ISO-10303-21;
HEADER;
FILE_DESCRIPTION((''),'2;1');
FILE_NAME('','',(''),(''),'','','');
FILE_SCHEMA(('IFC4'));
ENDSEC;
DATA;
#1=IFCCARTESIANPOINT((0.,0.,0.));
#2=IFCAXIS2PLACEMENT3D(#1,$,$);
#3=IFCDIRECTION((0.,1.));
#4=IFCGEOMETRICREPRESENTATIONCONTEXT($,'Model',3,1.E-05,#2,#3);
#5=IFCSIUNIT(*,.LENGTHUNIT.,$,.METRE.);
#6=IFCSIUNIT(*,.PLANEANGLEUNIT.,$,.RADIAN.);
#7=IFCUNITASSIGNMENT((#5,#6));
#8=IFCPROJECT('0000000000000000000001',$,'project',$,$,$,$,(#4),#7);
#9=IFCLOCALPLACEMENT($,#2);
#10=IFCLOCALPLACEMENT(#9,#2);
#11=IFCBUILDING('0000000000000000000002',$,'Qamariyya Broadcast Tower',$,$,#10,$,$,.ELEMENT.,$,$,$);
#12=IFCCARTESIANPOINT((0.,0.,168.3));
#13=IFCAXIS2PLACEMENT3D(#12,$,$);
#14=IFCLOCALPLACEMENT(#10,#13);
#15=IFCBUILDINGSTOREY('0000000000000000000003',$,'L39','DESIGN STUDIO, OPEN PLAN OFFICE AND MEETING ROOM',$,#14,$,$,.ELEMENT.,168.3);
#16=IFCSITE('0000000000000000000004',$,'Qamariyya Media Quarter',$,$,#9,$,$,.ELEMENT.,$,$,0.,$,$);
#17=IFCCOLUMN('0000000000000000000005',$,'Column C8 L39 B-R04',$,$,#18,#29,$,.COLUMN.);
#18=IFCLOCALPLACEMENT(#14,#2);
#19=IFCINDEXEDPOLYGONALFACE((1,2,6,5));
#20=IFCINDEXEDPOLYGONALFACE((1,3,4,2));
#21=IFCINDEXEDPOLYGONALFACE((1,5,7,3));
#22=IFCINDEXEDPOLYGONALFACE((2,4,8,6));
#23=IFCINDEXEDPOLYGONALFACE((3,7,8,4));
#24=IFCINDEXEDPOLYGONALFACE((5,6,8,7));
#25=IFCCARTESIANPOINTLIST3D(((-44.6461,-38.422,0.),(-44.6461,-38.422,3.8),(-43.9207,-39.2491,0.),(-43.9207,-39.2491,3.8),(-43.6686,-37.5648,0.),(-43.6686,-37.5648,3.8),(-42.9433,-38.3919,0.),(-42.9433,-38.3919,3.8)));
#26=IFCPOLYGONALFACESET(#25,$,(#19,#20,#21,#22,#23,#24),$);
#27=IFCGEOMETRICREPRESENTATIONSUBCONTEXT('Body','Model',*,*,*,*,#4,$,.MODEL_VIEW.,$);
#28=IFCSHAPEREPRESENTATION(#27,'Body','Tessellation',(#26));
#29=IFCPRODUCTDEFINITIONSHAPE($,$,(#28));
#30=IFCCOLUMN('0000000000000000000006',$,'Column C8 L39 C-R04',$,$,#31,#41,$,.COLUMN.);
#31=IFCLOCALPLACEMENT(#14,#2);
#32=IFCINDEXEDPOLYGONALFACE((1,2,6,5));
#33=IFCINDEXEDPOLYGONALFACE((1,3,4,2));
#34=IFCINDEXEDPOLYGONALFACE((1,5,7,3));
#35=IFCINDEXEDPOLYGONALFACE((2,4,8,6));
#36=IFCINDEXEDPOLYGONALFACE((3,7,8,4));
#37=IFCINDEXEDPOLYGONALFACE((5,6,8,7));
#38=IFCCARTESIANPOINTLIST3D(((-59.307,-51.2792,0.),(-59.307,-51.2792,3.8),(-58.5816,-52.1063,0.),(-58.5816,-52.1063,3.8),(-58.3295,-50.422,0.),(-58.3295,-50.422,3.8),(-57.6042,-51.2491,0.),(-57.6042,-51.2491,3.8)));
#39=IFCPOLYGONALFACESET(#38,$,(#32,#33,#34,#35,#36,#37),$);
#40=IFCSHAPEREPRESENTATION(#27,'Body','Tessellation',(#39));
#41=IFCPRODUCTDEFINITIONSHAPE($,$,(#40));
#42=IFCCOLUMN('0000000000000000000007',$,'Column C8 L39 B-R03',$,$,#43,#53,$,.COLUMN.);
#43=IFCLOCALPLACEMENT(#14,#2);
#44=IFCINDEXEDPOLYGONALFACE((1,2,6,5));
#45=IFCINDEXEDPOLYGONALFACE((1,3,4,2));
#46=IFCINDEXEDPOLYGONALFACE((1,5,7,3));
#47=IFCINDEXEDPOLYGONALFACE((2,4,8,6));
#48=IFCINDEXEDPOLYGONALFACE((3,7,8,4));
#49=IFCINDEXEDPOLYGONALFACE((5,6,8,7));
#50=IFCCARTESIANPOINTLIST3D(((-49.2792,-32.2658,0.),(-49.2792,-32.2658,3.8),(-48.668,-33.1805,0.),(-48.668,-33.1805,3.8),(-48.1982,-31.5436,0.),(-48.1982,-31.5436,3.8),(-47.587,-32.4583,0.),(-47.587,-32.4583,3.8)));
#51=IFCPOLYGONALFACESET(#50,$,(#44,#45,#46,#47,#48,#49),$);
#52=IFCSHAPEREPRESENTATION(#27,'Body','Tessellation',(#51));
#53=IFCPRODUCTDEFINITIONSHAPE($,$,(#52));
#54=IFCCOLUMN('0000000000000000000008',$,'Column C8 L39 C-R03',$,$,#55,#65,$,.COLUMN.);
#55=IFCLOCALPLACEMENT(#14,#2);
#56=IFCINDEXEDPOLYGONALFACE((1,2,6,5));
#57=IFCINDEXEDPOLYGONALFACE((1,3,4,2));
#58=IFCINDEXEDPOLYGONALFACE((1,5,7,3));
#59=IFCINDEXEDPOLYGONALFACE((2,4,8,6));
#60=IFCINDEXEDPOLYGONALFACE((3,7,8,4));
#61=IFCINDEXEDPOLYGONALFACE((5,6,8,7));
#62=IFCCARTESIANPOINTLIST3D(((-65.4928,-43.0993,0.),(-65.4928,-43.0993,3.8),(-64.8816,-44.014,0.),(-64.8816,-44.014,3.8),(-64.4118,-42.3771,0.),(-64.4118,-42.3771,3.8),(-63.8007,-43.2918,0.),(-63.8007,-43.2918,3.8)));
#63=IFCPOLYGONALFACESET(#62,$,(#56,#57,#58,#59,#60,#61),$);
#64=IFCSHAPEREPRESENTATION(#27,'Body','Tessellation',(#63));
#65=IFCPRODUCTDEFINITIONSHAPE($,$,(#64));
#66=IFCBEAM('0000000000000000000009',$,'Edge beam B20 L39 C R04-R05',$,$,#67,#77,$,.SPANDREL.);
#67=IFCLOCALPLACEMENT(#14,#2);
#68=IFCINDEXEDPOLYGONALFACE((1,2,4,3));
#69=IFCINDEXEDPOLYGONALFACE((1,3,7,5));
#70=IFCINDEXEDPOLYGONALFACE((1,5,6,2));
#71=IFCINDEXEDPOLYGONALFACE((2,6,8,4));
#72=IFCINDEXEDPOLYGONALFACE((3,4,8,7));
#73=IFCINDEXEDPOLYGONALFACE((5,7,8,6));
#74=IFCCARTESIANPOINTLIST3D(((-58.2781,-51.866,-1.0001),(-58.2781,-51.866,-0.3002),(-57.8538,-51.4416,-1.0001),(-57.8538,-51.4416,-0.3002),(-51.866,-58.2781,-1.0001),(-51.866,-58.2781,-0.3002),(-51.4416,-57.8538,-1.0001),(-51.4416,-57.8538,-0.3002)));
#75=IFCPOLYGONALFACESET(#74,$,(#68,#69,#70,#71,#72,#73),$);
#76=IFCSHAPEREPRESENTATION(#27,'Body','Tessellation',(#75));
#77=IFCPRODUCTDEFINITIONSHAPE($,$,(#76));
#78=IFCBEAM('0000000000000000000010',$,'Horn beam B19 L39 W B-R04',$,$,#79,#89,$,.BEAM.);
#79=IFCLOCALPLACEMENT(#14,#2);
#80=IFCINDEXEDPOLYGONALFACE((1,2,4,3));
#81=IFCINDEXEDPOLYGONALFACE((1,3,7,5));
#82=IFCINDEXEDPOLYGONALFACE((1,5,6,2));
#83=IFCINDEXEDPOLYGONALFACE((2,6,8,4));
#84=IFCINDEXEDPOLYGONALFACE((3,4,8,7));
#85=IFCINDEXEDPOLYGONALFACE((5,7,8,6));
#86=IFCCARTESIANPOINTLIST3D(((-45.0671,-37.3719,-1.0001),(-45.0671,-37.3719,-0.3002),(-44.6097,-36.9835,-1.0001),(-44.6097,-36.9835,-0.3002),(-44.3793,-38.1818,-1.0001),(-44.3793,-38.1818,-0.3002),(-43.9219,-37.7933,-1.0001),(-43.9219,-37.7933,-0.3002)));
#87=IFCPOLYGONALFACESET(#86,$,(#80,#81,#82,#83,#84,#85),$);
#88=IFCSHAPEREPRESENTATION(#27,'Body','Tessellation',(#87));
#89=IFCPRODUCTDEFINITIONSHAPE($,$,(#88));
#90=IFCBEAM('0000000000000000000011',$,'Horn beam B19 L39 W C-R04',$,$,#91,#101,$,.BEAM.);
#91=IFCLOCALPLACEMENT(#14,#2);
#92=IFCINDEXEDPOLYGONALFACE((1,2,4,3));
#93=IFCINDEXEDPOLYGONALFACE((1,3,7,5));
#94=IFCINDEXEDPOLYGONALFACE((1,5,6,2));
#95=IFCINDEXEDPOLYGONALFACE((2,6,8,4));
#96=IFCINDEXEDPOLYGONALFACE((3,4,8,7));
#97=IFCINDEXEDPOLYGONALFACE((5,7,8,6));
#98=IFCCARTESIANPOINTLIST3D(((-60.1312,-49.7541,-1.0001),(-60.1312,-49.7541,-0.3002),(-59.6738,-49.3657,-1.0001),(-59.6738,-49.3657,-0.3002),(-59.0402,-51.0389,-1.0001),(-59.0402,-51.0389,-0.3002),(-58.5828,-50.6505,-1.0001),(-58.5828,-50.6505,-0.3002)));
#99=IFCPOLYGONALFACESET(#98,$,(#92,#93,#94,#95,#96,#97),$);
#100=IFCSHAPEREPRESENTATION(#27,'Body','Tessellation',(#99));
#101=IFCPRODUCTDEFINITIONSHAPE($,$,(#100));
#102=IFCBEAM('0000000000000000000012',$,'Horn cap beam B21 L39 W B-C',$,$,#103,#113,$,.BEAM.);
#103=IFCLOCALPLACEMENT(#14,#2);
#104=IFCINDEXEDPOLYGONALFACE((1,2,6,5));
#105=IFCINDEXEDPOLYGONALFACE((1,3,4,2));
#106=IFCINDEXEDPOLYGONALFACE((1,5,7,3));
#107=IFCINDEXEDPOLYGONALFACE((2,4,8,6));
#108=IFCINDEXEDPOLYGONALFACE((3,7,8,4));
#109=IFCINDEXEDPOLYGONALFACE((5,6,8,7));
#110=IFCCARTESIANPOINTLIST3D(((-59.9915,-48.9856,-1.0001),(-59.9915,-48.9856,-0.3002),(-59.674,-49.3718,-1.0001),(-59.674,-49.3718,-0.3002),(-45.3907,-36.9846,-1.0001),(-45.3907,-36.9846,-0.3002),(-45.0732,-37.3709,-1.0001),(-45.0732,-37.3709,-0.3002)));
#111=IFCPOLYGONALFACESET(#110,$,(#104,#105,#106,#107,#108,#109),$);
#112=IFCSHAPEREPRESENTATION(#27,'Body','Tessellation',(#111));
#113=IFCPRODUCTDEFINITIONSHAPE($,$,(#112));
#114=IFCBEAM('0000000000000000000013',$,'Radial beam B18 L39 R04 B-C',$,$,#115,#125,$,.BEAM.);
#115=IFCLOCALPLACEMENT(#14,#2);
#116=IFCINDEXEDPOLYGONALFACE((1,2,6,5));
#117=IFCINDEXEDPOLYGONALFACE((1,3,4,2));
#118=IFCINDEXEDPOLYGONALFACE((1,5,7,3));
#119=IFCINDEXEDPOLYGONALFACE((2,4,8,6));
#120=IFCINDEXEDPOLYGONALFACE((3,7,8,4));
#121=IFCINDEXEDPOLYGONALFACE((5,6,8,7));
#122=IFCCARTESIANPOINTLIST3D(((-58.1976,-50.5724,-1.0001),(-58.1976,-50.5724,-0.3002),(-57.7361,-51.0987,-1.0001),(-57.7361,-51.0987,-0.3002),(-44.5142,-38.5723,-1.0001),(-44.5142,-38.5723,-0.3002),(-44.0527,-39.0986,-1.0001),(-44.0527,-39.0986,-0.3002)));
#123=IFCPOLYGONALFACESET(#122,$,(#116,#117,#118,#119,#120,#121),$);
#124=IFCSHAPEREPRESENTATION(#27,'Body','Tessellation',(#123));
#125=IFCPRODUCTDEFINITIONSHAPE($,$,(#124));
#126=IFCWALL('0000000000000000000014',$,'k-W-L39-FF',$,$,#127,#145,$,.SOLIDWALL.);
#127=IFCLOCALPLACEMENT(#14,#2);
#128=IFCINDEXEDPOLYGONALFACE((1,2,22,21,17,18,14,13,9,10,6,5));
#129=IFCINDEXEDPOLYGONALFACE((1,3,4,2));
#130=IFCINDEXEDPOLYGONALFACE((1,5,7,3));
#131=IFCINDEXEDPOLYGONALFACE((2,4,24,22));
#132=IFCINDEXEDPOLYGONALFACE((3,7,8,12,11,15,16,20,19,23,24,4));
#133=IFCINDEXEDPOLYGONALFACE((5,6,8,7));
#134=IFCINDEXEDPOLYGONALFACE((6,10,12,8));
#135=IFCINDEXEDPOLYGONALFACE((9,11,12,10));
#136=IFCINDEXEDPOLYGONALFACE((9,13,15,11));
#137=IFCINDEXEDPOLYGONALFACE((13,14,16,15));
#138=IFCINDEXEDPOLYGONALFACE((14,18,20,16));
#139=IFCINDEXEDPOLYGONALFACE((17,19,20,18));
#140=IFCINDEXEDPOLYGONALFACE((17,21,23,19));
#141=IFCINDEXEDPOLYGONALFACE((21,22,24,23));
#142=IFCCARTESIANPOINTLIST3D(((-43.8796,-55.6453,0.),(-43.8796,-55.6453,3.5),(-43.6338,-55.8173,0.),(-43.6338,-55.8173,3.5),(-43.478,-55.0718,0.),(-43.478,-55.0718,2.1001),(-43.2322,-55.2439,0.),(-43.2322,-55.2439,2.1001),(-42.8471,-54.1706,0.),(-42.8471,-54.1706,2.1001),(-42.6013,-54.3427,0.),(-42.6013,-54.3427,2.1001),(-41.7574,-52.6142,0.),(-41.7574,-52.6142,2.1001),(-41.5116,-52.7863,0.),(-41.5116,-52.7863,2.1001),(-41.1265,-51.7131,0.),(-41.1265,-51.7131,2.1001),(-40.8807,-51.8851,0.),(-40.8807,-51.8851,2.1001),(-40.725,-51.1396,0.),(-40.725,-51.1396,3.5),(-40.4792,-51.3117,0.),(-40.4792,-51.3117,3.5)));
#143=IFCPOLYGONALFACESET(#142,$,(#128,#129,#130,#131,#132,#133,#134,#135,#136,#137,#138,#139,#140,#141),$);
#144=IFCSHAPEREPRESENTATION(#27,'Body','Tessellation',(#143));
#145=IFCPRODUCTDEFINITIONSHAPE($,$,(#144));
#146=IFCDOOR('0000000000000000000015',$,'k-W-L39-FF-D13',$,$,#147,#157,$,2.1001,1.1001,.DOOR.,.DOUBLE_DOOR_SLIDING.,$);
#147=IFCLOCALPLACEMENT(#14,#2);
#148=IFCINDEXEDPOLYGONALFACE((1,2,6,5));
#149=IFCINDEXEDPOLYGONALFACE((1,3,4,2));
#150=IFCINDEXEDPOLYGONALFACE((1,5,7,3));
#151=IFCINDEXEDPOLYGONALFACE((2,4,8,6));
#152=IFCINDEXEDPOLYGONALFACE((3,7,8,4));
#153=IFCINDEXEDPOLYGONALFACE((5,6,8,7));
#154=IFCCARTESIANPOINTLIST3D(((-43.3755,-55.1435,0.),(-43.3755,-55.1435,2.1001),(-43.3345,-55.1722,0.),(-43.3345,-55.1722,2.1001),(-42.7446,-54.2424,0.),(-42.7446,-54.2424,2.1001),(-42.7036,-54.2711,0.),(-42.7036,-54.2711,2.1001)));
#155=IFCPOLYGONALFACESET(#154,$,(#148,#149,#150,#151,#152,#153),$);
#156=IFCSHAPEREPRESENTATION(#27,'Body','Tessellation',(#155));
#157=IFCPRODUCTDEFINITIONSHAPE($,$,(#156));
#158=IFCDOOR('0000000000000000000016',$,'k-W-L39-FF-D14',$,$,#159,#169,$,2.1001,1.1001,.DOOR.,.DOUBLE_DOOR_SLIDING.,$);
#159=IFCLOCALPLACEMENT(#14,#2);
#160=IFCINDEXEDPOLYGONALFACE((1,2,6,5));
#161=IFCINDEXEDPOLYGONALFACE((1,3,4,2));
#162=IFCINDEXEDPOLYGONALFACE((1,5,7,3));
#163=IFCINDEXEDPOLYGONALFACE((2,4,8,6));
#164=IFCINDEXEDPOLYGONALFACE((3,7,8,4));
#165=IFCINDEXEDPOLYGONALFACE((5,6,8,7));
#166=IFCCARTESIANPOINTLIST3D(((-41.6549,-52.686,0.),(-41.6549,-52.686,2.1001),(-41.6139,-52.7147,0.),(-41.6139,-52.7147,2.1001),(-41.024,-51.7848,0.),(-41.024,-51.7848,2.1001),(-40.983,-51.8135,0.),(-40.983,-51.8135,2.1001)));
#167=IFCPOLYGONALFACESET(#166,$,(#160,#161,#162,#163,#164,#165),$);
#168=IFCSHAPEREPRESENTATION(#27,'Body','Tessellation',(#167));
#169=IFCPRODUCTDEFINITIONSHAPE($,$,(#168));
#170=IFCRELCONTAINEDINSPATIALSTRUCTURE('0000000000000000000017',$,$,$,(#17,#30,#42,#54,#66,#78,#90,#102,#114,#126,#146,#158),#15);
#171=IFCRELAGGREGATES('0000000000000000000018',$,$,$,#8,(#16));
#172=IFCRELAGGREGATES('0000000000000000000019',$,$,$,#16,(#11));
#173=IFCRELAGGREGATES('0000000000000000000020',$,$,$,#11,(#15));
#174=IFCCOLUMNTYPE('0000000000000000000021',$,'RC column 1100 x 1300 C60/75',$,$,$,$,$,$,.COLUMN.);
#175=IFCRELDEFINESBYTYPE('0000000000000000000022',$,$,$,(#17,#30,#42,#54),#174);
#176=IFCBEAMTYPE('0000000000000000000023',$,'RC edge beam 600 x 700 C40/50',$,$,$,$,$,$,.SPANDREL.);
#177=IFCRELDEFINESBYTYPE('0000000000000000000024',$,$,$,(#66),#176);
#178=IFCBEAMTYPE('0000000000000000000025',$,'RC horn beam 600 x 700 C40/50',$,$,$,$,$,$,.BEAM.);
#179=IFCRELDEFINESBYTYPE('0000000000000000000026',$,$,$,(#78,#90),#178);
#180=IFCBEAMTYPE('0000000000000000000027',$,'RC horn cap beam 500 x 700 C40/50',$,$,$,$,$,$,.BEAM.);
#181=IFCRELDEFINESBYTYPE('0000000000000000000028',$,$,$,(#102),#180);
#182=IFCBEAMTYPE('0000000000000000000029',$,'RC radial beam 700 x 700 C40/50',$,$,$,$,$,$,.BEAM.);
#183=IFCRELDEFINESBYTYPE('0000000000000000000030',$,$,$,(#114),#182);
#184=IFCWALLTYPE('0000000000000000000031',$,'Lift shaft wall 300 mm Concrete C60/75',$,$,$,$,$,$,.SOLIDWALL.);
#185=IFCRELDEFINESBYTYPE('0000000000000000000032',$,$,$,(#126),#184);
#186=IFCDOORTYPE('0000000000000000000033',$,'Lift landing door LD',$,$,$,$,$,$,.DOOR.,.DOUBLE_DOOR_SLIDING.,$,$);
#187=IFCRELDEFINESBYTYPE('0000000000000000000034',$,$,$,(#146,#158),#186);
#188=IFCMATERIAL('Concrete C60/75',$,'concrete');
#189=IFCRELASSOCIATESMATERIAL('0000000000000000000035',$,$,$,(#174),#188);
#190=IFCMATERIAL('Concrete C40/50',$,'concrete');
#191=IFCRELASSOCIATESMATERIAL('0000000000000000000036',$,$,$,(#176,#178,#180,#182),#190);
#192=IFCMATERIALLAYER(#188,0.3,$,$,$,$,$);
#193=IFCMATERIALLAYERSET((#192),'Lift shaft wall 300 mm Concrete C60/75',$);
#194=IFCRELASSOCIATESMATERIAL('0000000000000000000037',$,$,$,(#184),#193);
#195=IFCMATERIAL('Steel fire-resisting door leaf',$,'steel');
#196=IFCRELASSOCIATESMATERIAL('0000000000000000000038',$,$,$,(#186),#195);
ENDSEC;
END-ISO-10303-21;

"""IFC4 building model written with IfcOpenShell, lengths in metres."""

from ifc_helpers import new_model, si_unit, direction, frame, frame_2d, origin, origin_2d, place, context, subcontext, project, spatial, rectangle, extrude, material, layer, layer_set, material_profile, profile_set, type_object, element, fill, save


model = new_model("IFC4")

# Units and contexts
model_context = context("Model", 3, precision=1e-05, world=origin(), true_north=direction((0.0, 1.0)))
body_context = subcontext(model_context, "Body", "Model", "MODEL_VIEW")
ifc_project = project(units=[si_unit("LENGTHUNIT", "METRE"), si_unit("PLANEANGLEUNIT", "RADIAN")], contexts=[model_context])

# Site, building, storey
site_placement = place(None, origin())
site = spatial("IfcSite", under=ifc_project, at=site_placement, Name="Qamariyya Media Quarter", CompositionType="ELEMENT", RefElevation=0.0)
building_placement = place(site_placement, origin())
building = spatial("IfcBuilding", under=site, at=building_placement, Name="Qamariyya Broadcast Tower", CompositionType="ELEMENT")
storey_placement = place(building_placement, frame((0.0, 0.0, 168.3)))
storey = spatial("IfcBuildingStorey", under=building, at=storey_placement, Name="L39", Description="DESIGN STUDIO, OPEN PLAN OFFICE AND MEETING ROOM", CompositionType="ELEMENT", Elevation=168.3)

# Columns
ifc_material_1 = material(Name="Concrete C60/75", Category="concrete")
ifc_material_profile_1 = material_profile(ifc_material_1, rectangle(XDim=1.1001, YDim=1.3, at=origin_2d()))
ifc_profile_set_1 = profile_set([ifc_material_profile_1], Name="Concrete C60/75")
column_type = type_object("IfcColumnType", Name="RC column 1100 x 1300 C60/75", PredefinedType="COLUMN", material=ifc_profile_set_1)
for number, where, z_axis, x_axis, name in (
    (1, (-43.7947, -38.407, 0.0), (0.0, 0.0, 1.0), (0.659346, -0.75184, 0.0), "Column C8 L39 B-R04"),
    (2, (-58.4556, -51.2642, 0.0), (0.0, 0.0, 1.0), (0.659346, -0.75184, 0.0), "Column C8 L39 C-R04"),
    (3, (-48.4331, -32.3621, 0.0), (0.0, 0.0, 1.0), (0.55557, -0.83147, 0.0), "Column C8 L39 B-R03"),
    (4, (-64.6467, -43.1956, 0.0), (0.0, 0.0, 1.0), (0.55557, -0.83147, 0.0), "Column C8 L39 C-R03"),
):
    element("IfcColumn", number, at=place(storey_placement, frame(where, z_axis=z_axis, x_axis=x_axis)), inside=storey, type_object=column_type, Name=name, PredefinedType="COLUMN", context=body_context, shape_type="SweptSolid", body=[
        extrude(rectangle(XDim=1.1001, YDim=1.3, at=origin_2d()), origin(), (0.0, 0.0, 1.0), 3.8),
    ])

# Beams
ifc_material_2 = material(Name="Concrete C40/50", Category="concrete")
ifc_material_profile_2 = material_profile(ifc_material_2, rectangle(XDim=0.6001, YDim=0.7, at=origin_2d()))
ifc_profile_set_2 = profile_set([ifc_material_profile_2], Name="Concrete C40/50")
beam_type_1 = type_object("IfcBeamType", Name="RC edge beam 600 x 700 C40/50", PredefinedType="SPANDREL", material=ifc_profile_set_2)
beam_1_placement = place(storey_placement, frame((-58.0659, -51.6538, -0.6501), z_axis=(0.707107, -0.707107, 0.0), x_axis=(0.707107, 0.707107, 0.0)))
element("IfcBeam", 5, at=beam_1_placement, inside=storey, type_object=beam_type_1, Name="Edge beam B20 L39 C R04-R05", PredefinedType="SPANDREL", context=body_context, shape_type="SweptSolid", body=[
    extrude(rectangle(XDim=0.6001, YDim=0.7, at=origin_2d()), origin(), (0.0, 0.0, 1.0), 9.0681),
])
ifc_material_profile_3 = material_profile(ifc_material_2, rectangle(XDim=0.6001, YDim=0.7, at=origin_2d()))
ifc_profile_set_3 = profile_set([ifc_material_profile_3], Name="Concrete C40/50")
beam_type_2 = type_object("IfcBeamType", Name="RC horn beam 600 x 700 C40/50", PredefinedType="BEAM", material=ifc_profile_set_3)
beam_2_placement = place(storey_placement, frame((-44.1506, -37.9875, -0.6501), z_axis=(-0.647322, 0.762217, 0.0), x_axis=(-0.762217, -0.647322, 0.0)))
element("IfcBeam", 6, at=beam_2_placement, inside=storey, type_object=beam_type_2, Name="Horn beam B19 L39 W B-R04", PredefinedType="BEAM", context=body_context, shape_type="SweptSolid", body=[
    extrude(rectangle(XDim=0.6001, YDim=0.7, at=origin_2d()), origin(), (0.0, 0.0, 1.0), 1.0625),
])
beam_3_placement = place(storey_placement, frame((-58.8115, -50.8447, -0.6501), z_axis=(-0.647266, 0.762264, 0.0), x_axis=(-0.762264, -0.647266, 0.0)))
element("IfcBeam", 7, at=beam_3_placement, inside=storey, type_object=beam_type_2, Name="Horn beam B19 L39 W C-R04", PredefinedType="BEAM", context=body_context, shape_type="SweptSolid", body=[
    extrude(rectangle(XDim=0.6001, YDim=0.7, at=origin_2d()), origin(), (0.0, 0.0, 1.0), 1.6855),
])
ifc_material_profile_4 = material_profile(ifc_material_2, rectangle(XDim=0.5, YDim=0.7, at=origin_2d()))
ifc_profile_set_4 = profile_set([ifc_material_profile_4], Name="Concrete C40/50")
beam_type_3 = type_object("IfcBeamType", Name="RC horn cap beam 500 x 700 C40/50", PredefinedType="BEAM", material=ifc_profile_set_4)
beam_4_placement = place(storey_placement, frame((-45.2319, -37.1777, -0.6501), z_axis=(-0.772533, -0.634974, 0.0), x_axis=(0.634974, -0.772533, 0.0)))
element("IfcBeam", 8, at=beam_4_placement, inside=storey, type_object=beam_type_3, Name="Horn cap beam B21 L39 W B-C", PredefinedType="BEAM", context=body_context, shape_type="SweptSolid", body=[
    extrude(rectangle(XDim=0.5, YDim=0.7, at=origin_2d()), origin(), (0.0, 0.0, 1.0), 18.8999),
])
ifc_material_profile_5 = material_profile(ifc_material_2, rectangle(XDim=0.7, YDim=0.7, at=origin_2d()))
ifc_profile_set_5 = profile_set([ifc_material_profile_5], Name="Concrete C40/50")
beam_type_4 = type_object("IfcBeamType", Name="RC radial beam 700 x 700 C40/50", PredefinedType="BEAM", material=ifc_profile_set_5)
beam_5_placement = place(storey_placement, frame((-44.2834, -38.8354, -0.6501), z_axis=(-0.751839, -0.659347, 0.0), x_axis=(0.659347, -0.751839, 0.0)))
element("IfcBeam", 9, at=beam_5_placement, inside=storey, type_object=beam_type_4, Name="Radial beam B18 L39 R04 B-C", PredefinedType="BEAM", context=body_context, shape_type="SweptSolid", body=[
    extrude(rectangle(XDim=0.7, YDim=0.7, at=origin_2d()), origin(), (0.0, 0.0, 1.0), 18.2),
])

# Wall, openings, doors
ifc_layer_1 = layer(ifc_material_1, 0.3)
ifc_layer_set_1 = layer_set([ifc_layer_1], Name="Lift shaft wall 300 mm Concrete C60/75")
wall_type_1 = type_object("IfcWallType", Name="Lift shaft wall 300 mm Concrete C60/75", PredefinedType="SOLIDWALL", material=ifc_layer_set_1)
wall_1_placement = place(storey_placement, frame((-43.7566, -55.7312, 0.0), z_axis=(0.0, 0.0, 1.0), x_axis=(0.573537, 0.81918, 0.0)))
wall_1 = element("IfcWall", 10, at=wall_1_placement, inside=storey, type_object=wall_type_1, Name="k-W-L39-FF", PredefinedType="SOLIDWALL", context=body_context, shape_type="SweptSolid", body=[
    extrude(rectangle(XDim=5.5002, YDim=0.3, at=frame_2d((2.75, 0.0))), origin(), (0.0, 0.0, 1.0), 3.5),
])
opening_1_placement = place(wall_1_placement, frame((0.7, 0.0, 0.0)))
opening_1 = element("IfcOpeningElement", 11, at=opening_1_placement, cuts=wall_1, PredefinedType="OPENING", context=body_context, shape_type="SweptSolid", body=[
    extrude(rectangle(XDim=1.1001, YDim=2.1001, at=frame_2d((0.55, 1.05))), frame((0.0, 0.1599, 0.0), z_axis=(0.0, -1.0, 0.0), x_axis=(1.0, 0.0, 0.0)), (0.0, 0.0, 1.0), 0.3201),
])
opening_2_placement = place(wall_1_placement, frame((3.7, 0.0, 0.0)))
opening_2 = element("IfcOpeningElement", 12, at=opening_2_placement, cuts=wall_1, PredefinedType="OPENING", context=body_context, shape_type="SweptSolid", body=[
    extrude(rectangle(XDim=1.1001, YDim=2.1001, at=frame_2d((0.55, 1.05))), frame((0.0, 0.1599, 0.0), z_axis=(0.0, -1.0, 0.0), x_axis=(1.0, 0.0, 0.0)), (0.0, 0.0, 1.0), 0.3201),
])
ifc_material_3 = material(Name="Steel fire-resisting door leaf", Category="steel")
door_type = type_object("IfcDoorType", Name="Lift landing door LD", OperationType="DOUBLE_DOOR_SLIDING", PredefinedType="DOOR", material=ifc_material_3)
door_1_placement = place(opening_1_placement, origin())
door_1 = element("IfcDoor", 13, at=door_1_placement, inside=storey, type_object=door_type, Name="k-W-L39-FF-D13", OperationType="DOUBLE_DOOR_SLIDING", OverallHeight=2.1001, OverallWidth=1.1001, PredefinedType="DOOR", context=body_context, shape_type="SweptSolid", body=[
    extrude(rectangle(XDim=1.1001, YDim=2.1001, at=frame_2d((0.55, 1.05))), frame((0.0, 0.0249, 0.0), z_axis=(0.0, -1.0, 0.0), x_axis=(1.0, 0.0, 0.0)), (0.0, 0.0, 1.0), 0.05),
])
fill(opening_1, door_1)
door_2_placement = place(opening_2_placement, origin())
door_2 = element("IfcDoor", 14, at=door_2_placement, inside=storey, type_object=door_type, Name="k-W-L39-FF-D14", OperationType="DOUBLE_DOOR_SLIDING", OverallHeight=2.1001, OverallWidth=1.1001, PredefinedType="DOOR", context=body_context, shape_type="SweptSolid", body=[
    extrude(rectangle(XDim=1.1001, YDim=2.1001, at=frame_2d((0.55, 1.05))), frame((0.0, 0.0249, 0.0), z_axis=(0.0, -1.0, 0.0), x_axis=(1.0, 0.0, 0.0)), (0.0, 0.0, 1.0), 0.05),
])
fill(opening_2, door_2)

save(model, "model.ifc")
